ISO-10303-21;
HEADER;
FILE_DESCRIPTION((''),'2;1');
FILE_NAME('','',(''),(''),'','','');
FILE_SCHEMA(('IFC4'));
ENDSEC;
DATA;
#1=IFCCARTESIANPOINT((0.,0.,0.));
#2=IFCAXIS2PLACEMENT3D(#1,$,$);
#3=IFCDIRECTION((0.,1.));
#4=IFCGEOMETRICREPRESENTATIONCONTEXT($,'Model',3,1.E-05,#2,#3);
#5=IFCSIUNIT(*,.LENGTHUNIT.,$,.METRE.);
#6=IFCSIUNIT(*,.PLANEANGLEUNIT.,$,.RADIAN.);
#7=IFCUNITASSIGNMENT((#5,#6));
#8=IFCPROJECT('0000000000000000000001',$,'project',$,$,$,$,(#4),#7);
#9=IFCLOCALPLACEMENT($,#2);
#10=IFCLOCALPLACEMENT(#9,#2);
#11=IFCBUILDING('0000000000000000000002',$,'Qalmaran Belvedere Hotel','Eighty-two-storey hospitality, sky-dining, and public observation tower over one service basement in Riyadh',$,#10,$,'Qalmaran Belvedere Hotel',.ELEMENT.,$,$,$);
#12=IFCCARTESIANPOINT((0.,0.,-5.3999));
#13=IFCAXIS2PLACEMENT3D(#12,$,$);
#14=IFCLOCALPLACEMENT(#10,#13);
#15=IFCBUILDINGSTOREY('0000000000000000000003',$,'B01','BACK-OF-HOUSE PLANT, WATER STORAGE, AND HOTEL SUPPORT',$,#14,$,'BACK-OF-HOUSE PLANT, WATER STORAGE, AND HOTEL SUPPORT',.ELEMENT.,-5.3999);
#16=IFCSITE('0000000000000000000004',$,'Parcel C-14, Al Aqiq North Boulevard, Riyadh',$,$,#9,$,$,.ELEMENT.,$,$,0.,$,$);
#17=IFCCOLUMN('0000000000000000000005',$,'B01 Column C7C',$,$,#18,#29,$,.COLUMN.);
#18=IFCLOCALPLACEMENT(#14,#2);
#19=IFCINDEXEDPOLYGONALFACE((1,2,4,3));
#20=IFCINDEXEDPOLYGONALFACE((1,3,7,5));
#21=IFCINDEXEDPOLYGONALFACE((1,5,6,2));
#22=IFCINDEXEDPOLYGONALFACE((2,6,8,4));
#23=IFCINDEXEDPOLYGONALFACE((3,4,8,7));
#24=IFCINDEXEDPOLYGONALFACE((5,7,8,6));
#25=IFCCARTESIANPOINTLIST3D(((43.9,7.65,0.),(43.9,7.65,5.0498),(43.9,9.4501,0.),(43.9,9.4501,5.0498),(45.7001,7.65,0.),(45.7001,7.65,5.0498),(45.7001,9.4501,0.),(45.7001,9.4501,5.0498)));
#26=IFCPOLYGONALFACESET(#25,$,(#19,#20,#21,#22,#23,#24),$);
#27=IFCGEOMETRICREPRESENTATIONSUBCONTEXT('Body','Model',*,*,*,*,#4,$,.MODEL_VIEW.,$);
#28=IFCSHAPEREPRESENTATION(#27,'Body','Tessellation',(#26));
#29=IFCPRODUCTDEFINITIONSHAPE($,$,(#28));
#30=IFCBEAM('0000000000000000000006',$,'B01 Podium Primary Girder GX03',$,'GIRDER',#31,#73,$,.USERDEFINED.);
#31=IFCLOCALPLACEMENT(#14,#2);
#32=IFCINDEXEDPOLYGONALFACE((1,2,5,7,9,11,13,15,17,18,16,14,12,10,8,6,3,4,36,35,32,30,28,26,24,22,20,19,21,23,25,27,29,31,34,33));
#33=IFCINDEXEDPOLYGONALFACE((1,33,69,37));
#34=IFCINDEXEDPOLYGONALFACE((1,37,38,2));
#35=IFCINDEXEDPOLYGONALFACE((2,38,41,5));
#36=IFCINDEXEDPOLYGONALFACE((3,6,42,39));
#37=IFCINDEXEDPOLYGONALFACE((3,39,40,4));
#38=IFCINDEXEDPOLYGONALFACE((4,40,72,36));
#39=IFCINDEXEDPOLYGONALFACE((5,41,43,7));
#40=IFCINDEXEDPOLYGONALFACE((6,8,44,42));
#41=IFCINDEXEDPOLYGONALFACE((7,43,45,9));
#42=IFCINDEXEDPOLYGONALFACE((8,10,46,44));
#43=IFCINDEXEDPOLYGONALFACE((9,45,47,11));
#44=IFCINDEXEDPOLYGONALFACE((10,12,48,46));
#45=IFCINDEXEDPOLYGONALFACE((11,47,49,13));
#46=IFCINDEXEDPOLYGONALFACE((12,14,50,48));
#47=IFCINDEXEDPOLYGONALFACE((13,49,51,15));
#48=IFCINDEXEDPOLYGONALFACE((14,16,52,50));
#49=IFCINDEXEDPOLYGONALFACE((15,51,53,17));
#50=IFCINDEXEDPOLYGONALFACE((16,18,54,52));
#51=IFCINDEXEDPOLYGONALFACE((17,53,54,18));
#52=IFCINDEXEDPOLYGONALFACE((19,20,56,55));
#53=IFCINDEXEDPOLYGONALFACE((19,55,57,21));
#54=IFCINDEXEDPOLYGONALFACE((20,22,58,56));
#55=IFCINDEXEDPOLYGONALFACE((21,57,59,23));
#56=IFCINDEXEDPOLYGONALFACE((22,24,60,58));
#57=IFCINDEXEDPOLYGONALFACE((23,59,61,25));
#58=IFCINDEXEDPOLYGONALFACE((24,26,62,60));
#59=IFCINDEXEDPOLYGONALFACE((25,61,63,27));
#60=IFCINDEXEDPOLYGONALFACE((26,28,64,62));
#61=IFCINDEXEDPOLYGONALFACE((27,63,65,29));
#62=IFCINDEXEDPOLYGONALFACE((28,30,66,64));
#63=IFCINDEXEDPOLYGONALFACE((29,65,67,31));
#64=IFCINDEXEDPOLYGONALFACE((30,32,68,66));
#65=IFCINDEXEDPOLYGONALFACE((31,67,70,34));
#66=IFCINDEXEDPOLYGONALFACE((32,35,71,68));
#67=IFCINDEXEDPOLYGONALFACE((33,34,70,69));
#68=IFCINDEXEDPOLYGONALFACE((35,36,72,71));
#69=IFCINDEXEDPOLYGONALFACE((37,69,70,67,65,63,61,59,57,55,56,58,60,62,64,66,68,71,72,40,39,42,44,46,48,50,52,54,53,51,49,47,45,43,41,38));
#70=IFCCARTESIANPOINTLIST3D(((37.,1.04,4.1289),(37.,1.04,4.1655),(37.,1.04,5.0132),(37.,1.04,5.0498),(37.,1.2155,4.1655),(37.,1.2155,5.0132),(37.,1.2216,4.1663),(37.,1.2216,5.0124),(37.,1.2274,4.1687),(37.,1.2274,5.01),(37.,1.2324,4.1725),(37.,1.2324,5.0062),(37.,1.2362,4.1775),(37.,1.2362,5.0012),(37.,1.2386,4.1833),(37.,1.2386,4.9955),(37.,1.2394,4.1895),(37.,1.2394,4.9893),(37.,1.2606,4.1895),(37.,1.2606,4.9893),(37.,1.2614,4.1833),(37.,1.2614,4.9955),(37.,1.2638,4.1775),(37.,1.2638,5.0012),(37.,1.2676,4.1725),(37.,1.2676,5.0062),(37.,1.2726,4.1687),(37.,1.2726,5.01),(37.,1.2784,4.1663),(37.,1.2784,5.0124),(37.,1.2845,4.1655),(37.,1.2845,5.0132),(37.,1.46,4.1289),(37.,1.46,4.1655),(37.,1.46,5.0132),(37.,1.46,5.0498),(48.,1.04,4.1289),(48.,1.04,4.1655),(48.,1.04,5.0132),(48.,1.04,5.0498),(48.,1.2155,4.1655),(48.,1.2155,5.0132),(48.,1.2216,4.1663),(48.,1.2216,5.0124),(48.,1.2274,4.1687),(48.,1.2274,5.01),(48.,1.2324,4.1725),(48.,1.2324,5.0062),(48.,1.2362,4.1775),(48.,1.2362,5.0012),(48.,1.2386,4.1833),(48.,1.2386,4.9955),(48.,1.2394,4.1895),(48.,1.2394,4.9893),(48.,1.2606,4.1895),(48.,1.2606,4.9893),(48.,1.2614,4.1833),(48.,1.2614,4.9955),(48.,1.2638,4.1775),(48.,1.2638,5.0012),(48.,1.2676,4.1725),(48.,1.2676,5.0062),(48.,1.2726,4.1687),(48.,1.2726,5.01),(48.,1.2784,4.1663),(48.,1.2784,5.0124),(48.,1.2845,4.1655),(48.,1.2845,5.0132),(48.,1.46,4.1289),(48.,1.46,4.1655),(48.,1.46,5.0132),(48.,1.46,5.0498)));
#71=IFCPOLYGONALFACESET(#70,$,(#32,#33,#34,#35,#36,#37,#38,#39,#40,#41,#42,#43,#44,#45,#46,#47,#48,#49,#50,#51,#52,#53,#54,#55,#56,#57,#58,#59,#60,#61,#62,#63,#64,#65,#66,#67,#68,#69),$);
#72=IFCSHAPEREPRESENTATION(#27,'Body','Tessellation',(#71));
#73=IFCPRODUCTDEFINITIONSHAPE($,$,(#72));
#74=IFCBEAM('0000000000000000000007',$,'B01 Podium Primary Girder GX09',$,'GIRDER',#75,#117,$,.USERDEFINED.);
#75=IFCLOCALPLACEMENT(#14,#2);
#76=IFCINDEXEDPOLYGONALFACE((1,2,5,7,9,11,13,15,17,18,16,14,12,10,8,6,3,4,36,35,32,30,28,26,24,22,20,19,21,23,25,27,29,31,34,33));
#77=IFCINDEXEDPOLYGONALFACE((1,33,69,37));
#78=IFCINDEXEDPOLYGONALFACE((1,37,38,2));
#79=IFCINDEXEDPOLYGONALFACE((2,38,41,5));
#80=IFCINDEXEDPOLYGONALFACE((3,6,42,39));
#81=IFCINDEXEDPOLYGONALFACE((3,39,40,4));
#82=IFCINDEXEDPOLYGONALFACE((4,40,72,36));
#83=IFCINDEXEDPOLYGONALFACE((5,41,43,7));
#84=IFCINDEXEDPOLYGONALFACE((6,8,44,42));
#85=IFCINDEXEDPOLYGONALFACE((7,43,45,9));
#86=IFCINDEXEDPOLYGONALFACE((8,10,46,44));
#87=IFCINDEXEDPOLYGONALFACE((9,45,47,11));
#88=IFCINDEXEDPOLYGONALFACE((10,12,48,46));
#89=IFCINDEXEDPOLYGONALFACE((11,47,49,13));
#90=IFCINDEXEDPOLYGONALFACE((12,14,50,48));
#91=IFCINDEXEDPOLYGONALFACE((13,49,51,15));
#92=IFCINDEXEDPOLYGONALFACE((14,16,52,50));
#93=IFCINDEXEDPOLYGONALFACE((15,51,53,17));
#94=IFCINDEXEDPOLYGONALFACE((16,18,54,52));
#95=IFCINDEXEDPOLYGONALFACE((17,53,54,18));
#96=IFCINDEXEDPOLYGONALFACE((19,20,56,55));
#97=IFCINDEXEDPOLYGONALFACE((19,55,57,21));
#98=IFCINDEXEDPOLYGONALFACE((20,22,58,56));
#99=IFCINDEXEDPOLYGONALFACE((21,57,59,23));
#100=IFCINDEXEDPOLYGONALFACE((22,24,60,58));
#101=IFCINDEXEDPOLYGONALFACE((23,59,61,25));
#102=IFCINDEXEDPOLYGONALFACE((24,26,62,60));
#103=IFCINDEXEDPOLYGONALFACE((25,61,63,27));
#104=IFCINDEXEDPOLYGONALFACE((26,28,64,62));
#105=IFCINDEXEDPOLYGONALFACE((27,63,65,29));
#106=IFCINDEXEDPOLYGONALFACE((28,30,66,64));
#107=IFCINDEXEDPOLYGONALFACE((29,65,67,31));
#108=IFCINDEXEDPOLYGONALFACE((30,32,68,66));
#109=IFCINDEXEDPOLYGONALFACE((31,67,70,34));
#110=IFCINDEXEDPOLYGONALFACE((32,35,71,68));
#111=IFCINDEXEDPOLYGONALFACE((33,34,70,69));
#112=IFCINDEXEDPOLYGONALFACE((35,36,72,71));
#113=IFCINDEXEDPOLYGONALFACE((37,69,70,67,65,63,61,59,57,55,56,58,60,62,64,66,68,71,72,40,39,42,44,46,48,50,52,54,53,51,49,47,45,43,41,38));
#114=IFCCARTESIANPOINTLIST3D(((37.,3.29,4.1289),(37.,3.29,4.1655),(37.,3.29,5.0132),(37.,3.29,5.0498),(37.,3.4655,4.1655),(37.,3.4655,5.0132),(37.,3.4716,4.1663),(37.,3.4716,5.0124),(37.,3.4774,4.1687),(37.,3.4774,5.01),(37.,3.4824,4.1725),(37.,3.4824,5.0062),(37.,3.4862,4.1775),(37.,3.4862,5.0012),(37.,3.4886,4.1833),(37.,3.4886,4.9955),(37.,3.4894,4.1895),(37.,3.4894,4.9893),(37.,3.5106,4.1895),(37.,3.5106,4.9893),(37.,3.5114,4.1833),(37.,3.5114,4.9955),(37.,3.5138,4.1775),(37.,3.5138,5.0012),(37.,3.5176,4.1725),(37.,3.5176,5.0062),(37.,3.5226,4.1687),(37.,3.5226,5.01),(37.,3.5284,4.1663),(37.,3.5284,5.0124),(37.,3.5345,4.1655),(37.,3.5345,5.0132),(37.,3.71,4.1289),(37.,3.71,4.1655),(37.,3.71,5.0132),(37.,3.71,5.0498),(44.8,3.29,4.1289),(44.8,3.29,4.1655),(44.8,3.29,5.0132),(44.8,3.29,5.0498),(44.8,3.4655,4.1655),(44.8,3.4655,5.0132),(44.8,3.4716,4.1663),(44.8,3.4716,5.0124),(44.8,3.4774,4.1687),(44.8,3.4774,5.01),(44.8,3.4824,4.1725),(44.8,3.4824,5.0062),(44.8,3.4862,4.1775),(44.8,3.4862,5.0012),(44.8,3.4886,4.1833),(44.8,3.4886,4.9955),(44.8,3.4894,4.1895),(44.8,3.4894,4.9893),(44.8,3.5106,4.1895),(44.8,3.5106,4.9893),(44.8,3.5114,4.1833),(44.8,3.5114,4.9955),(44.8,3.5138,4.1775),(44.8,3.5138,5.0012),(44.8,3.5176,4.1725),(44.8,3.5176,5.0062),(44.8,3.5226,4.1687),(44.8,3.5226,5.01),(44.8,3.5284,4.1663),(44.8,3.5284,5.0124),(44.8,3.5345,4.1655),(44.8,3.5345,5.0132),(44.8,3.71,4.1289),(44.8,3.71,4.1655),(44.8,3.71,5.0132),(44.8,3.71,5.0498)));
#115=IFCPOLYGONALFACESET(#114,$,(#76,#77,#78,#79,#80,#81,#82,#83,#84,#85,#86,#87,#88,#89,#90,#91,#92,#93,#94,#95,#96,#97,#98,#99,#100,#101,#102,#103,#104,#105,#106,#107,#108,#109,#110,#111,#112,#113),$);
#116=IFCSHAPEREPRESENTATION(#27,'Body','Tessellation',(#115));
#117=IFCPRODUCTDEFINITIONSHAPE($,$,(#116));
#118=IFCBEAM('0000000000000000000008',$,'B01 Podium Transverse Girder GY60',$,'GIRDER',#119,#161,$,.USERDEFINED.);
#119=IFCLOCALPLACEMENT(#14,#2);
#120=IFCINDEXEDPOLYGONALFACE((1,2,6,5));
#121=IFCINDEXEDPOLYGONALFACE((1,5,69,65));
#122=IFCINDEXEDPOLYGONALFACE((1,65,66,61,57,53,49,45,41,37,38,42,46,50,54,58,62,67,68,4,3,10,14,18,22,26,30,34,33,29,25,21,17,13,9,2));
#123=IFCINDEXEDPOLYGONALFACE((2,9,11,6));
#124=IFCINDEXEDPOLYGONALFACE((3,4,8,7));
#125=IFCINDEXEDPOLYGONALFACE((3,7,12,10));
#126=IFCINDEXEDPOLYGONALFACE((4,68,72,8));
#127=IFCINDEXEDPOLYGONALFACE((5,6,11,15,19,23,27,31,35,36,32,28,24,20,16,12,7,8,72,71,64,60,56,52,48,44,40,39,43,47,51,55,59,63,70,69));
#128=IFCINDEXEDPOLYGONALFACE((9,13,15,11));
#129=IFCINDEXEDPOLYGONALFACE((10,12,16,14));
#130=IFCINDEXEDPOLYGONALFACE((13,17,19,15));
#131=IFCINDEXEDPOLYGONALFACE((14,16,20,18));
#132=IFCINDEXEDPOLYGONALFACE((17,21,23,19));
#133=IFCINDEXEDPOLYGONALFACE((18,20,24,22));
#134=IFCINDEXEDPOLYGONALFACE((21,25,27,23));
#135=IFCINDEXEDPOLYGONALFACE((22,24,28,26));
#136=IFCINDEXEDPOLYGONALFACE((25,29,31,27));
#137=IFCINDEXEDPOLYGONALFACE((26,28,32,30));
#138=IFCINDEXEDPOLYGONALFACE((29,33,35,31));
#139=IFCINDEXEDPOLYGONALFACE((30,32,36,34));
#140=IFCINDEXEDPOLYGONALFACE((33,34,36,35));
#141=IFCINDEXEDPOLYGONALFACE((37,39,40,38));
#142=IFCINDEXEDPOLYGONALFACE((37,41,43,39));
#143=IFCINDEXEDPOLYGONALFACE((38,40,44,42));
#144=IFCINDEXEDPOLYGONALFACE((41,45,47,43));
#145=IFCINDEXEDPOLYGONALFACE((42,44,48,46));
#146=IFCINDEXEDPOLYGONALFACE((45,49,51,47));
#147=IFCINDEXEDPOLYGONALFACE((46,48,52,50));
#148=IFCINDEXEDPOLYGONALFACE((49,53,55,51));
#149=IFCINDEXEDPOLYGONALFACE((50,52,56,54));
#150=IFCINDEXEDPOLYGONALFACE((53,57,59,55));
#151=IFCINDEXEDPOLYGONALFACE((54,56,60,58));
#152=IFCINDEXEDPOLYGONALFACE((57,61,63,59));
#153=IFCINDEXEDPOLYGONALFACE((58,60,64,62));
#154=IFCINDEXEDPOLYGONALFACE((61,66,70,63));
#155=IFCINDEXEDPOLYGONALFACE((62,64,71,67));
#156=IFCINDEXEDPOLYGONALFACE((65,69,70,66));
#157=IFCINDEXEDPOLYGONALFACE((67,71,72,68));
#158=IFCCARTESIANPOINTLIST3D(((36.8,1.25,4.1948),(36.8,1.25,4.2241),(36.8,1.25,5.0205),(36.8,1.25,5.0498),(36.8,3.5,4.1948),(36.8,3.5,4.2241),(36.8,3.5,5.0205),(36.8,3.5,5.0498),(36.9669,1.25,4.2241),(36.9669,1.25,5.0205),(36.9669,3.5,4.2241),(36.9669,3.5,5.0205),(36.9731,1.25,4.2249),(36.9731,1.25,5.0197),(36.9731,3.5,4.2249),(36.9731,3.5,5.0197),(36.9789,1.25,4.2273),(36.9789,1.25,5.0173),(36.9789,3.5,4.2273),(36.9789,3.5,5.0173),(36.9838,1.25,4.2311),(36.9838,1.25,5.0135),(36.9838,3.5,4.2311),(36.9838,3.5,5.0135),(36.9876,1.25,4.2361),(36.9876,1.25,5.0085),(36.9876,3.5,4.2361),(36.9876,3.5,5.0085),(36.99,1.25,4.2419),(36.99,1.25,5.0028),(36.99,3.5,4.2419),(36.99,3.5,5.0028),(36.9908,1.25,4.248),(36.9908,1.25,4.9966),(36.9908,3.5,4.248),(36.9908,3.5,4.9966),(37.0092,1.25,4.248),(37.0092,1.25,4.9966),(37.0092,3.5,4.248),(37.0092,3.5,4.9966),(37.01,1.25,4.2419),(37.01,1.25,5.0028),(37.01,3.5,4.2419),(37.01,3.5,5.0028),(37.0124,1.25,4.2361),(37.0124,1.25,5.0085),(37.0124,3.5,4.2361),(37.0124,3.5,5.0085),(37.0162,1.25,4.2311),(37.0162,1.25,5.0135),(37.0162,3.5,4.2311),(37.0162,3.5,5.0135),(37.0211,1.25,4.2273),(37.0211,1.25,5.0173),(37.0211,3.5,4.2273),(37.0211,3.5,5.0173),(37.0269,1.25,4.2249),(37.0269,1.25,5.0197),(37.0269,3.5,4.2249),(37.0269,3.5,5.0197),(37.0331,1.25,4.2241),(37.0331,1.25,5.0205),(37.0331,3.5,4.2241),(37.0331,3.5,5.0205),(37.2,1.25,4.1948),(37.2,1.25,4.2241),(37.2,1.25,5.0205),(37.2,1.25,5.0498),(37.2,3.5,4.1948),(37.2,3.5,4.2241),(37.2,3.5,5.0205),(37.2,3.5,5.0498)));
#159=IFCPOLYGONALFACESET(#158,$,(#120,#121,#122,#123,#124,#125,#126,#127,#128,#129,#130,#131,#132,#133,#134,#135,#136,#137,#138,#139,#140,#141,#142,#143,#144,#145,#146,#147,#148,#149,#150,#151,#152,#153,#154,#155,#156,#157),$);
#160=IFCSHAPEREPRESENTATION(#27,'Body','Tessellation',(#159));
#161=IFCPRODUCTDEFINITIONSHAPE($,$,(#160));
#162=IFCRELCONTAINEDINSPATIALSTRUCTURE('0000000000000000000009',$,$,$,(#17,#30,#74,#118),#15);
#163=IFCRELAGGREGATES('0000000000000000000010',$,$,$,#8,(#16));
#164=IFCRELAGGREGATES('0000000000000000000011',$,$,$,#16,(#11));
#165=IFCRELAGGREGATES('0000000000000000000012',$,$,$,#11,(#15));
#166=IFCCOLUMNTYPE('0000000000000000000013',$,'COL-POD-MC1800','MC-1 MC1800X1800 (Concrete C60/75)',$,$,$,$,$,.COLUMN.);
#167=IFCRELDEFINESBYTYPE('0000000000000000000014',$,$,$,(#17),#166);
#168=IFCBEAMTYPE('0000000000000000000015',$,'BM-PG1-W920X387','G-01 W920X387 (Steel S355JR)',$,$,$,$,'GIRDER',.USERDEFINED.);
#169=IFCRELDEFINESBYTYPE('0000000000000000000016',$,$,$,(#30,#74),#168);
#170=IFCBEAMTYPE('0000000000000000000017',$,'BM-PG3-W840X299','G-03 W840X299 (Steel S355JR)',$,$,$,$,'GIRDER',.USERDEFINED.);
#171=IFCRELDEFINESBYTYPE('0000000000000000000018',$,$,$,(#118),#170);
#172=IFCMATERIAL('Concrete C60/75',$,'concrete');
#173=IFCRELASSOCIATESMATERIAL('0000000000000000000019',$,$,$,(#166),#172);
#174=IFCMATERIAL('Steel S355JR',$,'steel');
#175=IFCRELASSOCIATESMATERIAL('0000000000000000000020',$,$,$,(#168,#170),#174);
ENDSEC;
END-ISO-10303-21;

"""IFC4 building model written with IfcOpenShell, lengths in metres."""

from ifc_helpers import new_model, si_unit, direction, frame, origin, origin_2d, place, context, subcontext, project, spatial, rectangle, i_section, extrude, material, material_profile, profile_set, type_object, element, save


model = new_model("IFC4")

# Units and contexts
model_context = context("Model", 3, precision=1e-05, world=origin(), true_north=direction((0.0, 1.0)))
body_context = subcontext(model_context, "Body", "Model", "MODEL_VIEW")
ifc_project = project(units=[si_unit("LENGTHUNIT", "METRE"), si_unit("PLANEANGLEUNIT", "RADIAN")], contexts=[model_context])

# Site, building, storey
site_placement = place(None, origin())
site = spatial("IfcSite", under=ifc_project, at=site_placement, Name="Parcel C-14, Al Aqiq North Boulevard, Riyadh", CompositionType="ELEMENT", RefElevation=0.0)
building_placement = place(site_placement, origin())
building = spatial("IfcBuilding", under=site, at=building_placement, Name="Qalmaran Belvedere Hotel", Description="Eighty-two-storey hospitality, sky-dining, and public observation tower over one service basement in Riyadh", LongName="Qalmaran Belvedere Hotel", CompositionType="ELEMENT")
storey_placement = place(building_placement, frame((0.0, 0.0, -5.3999)))
storey = spatial("IfcBuildingStorey", under=building, at=storey_placement, Name="B01", Description="BACK-OF-HOUSE PLANT, WATER STORAGE, AND HOTEL SUPPORT", LongName="BACK-OF-HOUSE PLANT, WATER STORAGE, AND HOTEL SUPPORT", CompositionType="ELEMENT", Elevation=-5.3999)

# Column
ifc_material_1 = material(Name="Concrete C60/75", Category="concrete")
ifc_material_profile_1 = material_profile(ifc_material_1, rectangle(XDim=1.8, YDim=1.8, at=origin_2d()), Name="MC1800X1800")
ifc_profile_set_1 = profile_set([ifc_material_profile_1], Name="Concrete C60/75")
column_type_1 = type_object("IfcColumnType", Name="COL-POD-MC1800", Description="MC-1 MC1800X1800 (Concrete C60/75)", PredefinedType="COLUMN", material=ifc_profile_set_1)
for number, where, z_axis, x_axis, name in (
    (1, (44.8, 8.55, 0.0), (0.0, 0.0, 1.0), (1.0, 0.0, 0.0), "B01 Column C7C"),
):
    element("IfcColumn", number, at=place(storey_placement, frame(where, z_axis=z_axis, x_axis=x_axis)), inside=storey, type_object=column_type_1, Name=name, PredefinedType="COLUMN", context=body_context, shape_type="SweptSolid", body=[
        extrude(rectangle(XDim=1.8, YDim=1.8, at=origin_2d()), origin(), (0.0, 0.0, 1.0), 5.0498),
    ])

# Beams
ifc_material_2 = material(Name="Steel S355JR", Category="steel")
ifc_material_profile_2 = material_profile(ifc_material_2, i_section(OverallWidth=0.4199, OverallDepth=0.9209, WebThickness=0.0212, FlangeThickness=0.0366, FilletRadius=0.0239, at=origin_2d()), Name="W920X387")
ifc_profile_set_2 = profile_set([ifc_material_profile_2], Name="Steel S355JR")
beam_type_1 = type_object("IfcBeamType", Name="BM-PG1-W920X387", Description="G-01 W920X387 (Steel S355JR)", ElementType="GIRDER", PredefinedType="USERDEFINED", material=ifc_profile_set_2)
beam_1_placement = place(storey_placement, frame((37.0, 1.25, 4.5894), z_axis=(1.0, 0.0, 0.0), x_axis=(0.0, 1.0, 0.0)))
element("IfcBeam", 2, at=beam_1_placement, inside=storey, type_object=beam_type_1, Name="B01 Podium Primary Girder GX03", ObjectType="GIRDER", PredefinedType="USERDEFINED", context=body_context, shape_type="SweptSolid", body=[
    extrude(i_section(OverallWidth=0.4199, OverallDepth=0.9209, WebThickness=0.0212, FlangeThickness=0.0366, FilletRadius=0.0239, at=origin_2d()), origin(), (0.0, 0.0, 1.0), 11.0),
])
beam_2_placement = place(storey_placement, frame((37.0, 3.5, 4.5894), z_axis=(1.0, 0.0, 0.0), x_axis=(0.0, 1.0, 0.0)))
element("IfcBeam", 3, at=beam_2_placement, inside=storey, type_object=beam_type_1, Name="B01 Podium Primary Girder GX09", ObjectType="GIRDER", PredefinedType="USERDEFINED", context=body_context, shape_type="SweptSolid", body=[
    extrude(i_section(OverallWidth=0.4199, OverallDepth=0.9209, WebThickness=0.0212, FlangeThickness=0.0366, FilletRadius=0.0239, at=origin_2d()), origin(), (0.0, 0.0, 1.0), 7.8),
])
ifc_material_profile_3 = material_profile(ifc_material_2, i_section(OverallWidth=0.3999, OverallDepth=0.855, WebThickness=0.0183, FlangeThickness=0.0293, FilletRadius=0.0239, at=origin_2d()), Name="W840X299")
ifc_profile_set_3 = profile_set([ifc_material_profile_3], Name="Steel S355JR")
beam_type_2 = type_object("IfcBeamType", Name="BM-PG3-W840X299", Description="G-03 W840X299 (Steel S355JR)", ElementType="GIRDER", PredefinedType="USERDEFINED", material=ifc_profile_set_3)
beam_3_placement = place(storey_placement, frame((37.0, 1.25, 4.6223), z_axis=(0.0, 1.0, 0.0), x_axis=(-1.0, 0.0, 0.0)))
element("IfcBeam", 4, at=beam_3_placement, inside=storey, type_object=beam_type_2, Name="B01 Podium Transverse Girder GY60", ObjectType="GIRDER", PredefinedType="USERDEFINED", context=body_context, shape_type="SweptSolid", body=[
    extrude(i_section(OverallWidth=0.3999, OverallDepth=0.855, WebThickness=0.0183, FlangeThickness=0.0293, FilletRadius=0.0239, at=origin_2d()), origin(), (0.0, 0.0, 1.0), 2.25),
])

save(model, "model.ifc")
